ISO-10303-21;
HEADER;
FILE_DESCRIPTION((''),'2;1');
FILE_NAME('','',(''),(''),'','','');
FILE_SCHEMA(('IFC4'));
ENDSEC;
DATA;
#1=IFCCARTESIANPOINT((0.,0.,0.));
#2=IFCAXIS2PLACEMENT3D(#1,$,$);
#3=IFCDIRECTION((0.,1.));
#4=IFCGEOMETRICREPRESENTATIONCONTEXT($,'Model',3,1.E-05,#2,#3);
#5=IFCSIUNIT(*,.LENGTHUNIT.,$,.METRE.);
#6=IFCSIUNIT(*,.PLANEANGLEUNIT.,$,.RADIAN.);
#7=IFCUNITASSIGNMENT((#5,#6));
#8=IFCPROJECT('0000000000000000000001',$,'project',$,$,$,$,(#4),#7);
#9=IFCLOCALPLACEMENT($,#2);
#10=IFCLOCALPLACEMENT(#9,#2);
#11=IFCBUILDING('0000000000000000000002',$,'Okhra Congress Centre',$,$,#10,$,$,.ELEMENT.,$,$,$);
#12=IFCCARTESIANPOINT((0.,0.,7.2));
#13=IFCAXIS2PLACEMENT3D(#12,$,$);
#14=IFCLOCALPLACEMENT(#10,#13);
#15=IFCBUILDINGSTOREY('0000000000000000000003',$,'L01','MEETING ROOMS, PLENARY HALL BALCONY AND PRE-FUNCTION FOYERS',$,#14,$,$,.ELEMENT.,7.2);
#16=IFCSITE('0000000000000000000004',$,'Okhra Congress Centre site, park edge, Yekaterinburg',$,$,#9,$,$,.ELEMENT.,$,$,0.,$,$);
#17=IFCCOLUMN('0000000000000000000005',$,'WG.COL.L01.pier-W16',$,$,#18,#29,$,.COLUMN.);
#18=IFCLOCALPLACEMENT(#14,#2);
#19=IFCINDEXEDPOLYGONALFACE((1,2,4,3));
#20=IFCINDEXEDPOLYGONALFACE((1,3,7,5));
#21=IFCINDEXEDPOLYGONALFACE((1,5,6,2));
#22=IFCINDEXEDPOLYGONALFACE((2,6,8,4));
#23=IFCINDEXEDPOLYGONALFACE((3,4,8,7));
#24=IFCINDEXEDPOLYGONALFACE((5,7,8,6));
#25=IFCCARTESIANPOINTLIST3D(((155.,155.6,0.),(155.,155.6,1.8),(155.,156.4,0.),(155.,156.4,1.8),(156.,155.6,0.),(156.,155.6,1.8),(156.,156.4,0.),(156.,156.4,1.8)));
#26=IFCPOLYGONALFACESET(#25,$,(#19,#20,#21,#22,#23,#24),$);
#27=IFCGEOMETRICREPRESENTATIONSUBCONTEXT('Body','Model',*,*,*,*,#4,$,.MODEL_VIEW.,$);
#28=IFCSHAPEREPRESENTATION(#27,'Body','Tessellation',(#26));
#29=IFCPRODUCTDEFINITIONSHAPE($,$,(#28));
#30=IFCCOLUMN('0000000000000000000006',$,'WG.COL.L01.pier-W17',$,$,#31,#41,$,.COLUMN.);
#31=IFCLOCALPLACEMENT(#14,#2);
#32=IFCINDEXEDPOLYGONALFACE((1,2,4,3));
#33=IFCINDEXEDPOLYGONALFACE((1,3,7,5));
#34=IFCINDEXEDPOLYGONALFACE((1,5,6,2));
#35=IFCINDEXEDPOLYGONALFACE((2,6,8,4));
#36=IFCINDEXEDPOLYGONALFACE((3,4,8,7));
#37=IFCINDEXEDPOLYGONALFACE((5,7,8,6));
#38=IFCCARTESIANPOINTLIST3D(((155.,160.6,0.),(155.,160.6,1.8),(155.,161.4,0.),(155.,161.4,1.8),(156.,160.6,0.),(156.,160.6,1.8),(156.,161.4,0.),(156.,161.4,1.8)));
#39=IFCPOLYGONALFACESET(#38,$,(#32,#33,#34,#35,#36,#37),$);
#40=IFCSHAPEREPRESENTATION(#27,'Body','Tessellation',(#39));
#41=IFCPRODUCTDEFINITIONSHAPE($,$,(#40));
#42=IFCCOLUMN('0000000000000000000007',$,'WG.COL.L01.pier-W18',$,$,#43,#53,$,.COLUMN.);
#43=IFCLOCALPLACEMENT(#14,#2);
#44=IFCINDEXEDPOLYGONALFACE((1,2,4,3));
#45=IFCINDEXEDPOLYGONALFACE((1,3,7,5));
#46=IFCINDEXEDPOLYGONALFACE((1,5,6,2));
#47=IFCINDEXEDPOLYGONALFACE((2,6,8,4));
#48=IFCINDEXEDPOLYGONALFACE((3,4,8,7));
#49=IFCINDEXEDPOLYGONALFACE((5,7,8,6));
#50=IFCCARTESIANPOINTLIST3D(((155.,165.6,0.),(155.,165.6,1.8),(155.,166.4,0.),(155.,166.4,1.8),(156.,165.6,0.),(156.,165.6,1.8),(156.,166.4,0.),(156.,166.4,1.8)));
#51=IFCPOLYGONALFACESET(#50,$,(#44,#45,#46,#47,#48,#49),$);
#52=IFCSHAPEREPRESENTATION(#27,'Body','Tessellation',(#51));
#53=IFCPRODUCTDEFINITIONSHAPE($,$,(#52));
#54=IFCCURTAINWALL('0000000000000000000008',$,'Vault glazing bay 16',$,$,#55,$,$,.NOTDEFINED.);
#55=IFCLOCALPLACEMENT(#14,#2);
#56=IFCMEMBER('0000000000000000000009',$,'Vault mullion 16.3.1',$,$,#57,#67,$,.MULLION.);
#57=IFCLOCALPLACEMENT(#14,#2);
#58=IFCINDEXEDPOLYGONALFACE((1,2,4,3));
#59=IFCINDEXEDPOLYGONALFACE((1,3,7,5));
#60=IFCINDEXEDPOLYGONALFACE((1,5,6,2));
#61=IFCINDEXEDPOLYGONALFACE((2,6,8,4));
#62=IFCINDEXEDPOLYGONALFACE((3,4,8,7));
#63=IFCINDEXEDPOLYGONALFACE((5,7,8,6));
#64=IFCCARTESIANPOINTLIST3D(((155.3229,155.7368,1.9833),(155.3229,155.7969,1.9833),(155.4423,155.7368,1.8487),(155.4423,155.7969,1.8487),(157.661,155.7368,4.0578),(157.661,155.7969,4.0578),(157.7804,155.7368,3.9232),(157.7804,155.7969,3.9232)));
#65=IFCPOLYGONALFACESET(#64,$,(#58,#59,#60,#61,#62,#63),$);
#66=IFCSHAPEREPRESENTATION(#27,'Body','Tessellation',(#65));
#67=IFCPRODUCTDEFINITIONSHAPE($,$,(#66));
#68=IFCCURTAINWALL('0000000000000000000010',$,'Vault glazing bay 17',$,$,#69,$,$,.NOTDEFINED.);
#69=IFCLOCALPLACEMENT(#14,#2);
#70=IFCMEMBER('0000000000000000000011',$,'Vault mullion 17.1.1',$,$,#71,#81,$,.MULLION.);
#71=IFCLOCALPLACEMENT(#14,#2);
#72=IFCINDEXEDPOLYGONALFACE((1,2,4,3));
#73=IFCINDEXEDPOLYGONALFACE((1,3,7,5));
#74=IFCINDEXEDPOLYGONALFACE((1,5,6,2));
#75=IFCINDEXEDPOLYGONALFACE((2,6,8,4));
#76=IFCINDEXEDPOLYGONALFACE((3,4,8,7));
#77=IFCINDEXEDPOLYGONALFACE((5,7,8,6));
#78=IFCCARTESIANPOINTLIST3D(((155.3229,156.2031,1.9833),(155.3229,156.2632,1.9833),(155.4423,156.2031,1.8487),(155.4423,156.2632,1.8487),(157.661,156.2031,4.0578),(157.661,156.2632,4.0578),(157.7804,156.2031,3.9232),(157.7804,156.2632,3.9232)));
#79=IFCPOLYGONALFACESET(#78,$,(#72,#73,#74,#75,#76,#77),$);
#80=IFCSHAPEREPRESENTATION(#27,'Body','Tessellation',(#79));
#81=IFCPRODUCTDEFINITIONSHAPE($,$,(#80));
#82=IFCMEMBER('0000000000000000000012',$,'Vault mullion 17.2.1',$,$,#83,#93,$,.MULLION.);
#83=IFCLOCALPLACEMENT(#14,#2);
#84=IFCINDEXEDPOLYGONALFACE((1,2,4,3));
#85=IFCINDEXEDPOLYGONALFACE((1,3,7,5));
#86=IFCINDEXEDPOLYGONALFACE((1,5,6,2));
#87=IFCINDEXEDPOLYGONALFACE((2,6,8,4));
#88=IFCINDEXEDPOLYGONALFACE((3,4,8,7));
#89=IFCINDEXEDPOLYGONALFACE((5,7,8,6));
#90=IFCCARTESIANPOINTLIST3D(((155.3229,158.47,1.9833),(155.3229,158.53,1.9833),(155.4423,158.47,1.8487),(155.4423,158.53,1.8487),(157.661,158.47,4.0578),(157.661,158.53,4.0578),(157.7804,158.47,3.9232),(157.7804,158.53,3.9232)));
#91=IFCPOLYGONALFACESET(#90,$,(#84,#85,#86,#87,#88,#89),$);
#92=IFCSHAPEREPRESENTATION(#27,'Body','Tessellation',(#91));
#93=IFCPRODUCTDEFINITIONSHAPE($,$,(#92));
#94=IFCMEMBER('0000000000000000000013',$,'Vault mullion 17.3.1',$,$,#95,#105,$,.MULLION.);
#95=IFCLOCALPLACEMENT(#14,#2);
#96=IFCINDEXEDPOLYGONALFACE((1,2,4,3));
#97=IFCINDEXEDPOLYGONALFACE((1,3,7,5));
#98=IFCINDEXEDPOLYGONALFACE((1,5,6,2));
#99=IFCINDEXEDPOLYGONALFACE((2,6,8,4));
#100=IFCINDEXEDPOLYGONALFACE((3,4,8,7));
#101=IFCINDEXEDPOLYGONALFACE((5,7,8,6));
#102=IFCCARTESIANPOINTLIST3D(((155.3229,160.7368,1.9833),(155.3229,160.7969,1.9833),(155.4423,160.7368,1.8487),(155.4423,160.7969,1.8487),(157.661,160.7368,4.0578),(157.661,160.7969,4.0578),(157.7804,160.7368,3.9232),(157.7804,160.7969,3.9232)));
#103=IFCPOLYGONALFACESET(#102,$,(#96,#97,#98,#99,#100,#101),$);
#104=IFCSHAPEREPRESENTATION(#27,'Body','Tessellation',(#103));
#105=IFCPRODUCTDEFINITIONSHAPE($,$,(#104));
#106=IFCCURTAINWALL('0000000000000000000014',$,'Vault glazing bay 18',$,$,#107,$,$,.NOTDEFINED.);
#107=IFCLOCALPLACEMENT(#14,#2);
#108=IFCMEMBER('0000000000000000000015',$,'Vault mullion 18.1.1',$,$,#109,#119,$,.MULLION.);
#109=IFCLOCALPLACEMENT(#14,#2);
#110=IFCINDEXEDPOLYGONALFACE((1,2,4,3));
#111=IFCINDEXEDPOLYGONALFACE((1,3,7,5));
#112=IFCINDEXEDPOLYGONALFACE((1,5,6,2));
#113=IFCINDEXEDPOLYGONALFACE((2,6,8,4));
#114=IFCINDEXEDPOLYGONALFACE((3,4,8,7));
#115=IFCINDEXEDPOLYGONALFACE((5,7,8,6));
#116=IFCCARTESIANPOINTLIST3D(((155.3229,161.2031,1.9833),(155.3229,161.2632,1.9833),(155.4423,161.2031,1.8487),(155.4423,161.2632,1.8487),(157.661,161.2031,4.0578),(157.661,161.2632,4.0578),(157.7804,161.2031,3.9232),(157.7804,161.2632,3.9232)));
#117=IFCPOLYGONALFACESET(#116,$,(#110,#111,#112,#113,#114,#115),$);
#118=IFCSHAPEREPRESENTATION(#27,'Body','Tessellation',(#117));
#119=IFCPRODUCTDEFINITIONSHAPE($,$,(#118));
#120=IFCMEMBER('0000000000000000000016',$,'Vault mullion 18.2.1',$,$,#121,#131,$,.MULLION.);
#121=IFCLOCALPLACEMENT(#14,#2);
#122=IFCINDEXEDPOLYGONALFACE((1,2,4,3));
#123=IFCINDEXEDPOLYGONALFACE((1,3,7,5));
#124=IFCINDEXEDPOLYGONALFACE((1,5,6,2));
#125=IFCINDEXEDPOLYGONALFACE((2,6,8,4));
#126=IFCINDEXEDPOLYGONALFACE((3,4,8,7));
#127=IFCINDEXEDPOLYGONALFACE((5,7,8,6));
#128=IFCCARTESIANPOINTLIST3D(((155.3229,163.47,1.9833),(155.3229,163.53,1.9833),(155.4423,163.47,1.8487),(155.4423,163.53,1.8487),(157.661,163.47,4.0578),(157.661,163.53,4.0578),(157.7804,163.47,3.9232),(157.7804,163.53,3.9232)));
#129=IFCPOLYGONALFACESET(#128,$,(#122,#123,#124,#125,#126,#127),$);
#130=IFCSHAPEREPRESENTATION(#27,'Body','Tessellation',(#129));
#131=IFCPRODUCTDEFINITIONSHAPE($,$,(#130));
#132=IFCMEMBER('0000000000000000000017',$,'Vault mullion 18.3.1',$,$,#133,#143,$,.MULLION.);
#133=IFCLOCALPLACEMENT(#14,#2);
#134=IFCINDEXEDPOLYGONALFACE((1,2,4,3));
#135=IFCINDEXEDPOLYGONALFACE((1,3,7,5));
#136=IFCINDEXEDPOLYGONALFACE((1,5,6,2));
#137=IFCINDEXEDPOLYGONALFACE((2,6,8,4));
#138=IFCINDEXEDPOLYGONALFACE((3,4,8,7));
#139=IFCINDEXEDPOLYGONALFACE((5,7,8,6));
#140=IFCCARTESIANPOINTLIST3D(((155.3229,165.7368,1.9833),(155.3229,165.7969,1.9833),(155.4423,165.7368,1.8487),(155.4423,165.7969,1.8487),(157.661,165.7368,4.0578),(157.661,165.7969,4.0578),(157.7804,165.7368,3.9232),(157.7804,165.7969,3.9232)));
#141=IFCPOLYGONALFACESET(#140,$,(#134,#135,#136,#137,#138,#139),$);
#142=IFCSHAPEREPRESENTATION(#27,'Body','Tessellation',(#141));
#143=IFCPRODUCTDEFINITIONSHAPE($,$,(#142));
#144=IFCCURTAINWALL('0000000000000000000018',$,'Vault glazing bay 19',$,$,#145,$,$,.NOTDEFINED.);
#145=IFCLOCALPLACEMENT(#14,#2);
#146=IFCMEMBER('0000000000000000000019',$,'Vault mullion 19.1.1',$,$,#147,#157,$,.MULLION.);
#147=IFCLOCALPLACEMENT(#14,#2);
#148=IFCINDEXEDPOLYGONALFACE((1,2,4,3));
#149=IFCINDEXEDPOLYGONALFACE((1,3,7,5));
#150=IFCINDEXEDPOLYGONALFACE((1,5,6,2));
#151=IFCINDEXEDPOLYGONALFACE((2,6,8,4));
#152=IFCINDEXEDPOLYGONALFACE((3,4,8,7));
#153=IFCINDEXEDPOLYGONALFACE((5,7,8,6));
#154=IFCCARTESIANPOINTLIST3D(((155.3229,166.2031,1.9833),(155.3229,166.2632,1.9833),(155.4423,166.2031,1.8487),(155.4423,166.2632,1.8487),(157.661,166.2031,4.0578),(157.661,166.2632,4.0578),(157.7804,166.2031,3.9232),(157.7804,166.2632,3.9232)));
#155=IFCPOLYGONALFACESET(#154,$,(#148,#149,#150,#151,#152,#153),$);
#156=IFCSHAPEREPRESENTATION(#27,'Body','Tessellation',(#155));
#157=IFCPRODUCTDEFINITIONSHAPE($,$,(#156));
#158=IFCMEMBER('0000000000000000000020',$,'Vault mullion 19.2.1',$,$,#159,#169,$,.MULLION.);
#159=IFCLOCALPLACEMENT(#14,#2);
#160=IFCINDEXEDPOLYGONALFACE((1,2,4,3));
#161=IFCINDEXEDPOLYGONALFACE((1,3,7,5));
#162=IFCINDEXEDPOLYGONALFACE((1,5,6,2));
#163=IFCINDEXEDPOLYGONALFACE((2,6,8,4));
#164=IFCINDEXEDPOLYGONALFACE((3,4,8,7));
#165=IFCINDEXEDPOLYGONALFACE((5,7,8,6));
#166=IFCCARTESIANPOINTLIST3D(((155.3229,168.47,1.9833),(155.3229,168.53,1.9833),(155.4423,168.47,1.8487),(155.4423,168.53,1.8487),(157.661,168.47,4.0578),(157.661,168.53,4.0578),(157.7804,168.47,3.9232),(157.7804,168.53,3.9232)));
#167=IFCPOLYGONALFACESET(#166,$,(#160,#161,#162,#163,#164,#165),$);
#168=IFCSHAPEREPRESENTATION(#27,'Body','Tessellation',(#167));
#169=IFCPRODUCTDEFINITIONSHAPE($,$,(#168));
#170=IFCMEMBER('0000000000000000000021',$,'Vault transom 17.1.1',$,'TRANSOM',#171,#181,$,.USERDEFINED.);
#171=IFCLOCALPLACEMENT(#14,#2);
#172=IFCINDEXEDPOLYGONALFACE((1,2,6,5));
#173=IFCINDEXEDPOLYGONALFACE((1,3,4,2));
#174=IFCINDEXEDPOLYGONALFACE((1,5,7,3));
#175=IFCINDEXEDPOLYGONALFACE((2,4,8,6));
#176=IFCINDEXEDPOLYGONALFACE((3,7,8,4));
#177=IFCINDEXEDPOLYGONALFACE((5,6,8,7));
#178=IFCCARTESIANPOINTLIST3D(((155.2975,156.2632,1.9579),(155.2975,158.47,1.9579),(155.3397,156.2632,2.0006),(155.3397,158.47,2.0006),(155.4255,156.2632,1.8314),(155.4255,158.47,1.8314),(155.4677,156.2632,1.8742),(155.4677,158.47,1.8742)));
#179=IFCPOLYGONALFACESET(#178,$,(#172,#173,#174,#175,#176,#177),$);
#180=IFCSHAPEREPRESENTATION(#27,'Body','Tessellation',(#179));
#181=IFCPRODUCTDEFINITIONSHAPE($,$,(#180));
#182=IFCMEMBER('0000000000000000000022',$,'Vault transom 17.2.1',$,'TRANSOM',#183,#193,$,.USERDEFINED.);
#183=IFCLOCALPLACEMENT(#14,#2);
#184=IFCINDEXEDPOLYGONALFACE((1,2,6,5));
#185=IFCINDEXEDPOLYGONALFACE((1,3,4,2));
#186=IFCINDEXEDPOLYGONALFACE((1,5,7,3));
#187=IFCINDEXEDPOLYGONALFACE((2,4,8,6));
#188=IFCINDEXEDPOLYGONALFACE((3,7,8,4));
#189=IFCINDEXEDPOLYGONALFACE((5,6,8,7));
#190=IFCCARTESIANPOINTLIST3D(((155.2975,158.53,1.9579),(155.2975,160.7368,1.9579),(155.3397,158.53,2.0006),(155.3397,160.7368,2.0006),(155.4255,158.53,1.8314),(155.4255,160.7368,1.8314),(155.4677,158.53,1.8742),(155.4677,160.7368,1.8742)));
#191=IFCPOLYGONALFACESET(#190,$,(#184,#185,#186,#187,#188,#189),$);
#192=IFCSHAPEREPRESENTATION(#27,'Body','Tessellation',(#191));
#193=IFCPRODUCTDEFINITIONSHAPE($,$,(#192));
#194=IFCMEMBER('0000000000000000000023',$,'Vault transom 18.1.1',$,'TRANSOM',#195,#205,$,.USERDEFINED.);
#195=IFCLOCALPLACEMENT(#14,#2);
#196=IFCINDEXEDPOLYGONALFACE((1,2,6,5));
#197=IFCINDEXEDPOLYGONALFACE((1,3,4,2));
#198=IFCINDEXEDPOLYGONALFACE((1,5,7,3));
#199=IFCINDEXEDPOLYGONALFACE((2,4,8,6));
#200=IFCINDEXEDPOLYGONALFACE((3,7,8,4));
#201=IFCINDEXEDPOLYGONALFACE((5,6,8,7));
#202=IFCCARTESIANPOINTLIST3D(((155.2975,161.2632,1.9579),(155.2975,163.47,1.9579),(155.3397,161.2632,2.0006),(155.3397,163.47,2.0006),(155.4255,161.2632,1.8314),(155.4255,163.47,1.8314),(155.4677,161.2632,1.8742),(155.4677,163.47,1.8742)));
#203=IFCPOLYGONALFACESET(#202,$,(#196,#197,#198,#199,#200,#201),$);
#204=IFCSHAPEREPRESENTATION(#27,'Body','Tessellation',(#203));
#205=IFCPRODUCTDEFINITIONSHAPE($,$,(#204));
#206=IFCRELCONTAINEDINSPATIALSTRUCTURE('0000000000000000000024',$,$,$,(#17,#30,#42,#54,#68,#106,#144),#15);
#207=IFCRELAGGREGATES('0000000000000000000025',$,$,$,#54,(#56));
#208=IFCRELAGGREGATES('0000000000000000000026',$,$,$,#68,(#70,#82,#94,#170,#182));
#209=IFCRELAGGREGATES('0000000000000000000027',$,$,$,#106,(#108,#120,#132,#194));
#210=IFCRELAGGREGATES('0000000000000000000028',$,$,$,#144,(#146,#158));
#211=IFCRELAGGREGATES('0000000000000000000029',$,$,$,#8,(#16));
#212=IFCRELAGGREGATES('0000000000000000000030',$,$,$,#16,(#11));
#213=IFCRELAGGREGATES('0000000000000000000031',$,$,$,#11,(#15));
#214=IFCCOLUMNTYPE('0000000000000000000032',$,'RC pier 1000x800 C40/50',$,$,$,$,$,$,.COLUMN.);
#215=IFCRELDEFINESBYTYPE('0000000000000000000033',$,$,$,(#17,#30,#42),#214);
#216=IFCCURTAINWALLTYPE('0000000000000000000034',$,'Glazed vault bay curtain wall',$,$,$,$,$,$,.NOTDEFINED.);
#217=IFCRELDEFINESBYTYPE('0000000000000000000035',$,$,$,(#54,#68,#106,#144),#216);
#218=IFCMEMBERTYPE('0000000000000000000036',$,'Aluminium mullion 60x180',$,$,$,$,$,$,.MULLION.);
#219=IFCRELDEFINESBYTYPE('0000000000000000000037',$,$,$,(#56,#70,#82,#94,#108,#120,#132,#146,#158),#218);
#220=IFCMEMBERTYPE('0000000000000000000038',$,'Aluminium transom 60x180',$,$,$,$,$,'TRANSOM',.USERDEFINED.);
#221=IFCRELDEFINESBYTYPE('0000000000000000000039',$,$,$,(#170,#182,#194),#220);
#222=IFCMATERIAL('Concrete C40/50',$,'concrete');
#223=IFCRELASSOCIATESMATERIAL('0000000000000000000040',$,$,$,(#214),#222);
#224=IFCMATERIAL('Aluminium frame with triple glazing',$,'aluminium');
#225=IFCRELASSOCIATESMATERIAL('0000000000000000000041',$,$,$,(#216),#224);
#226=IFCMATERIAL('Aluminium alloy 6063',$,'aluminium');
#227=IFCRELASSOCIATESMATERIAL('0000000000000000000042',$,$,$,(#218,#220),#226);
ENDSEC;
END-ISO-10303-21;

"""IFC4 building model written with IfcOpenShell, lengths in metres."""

from ifc_helpers import new_model, si_unit, direction, frame, origin, origin_2d, place, context, subcontext, project, spatial, rectangle, extrude, material, material_profile, profile_set, type_object, element, aggregate, save


model = new_model("IFC4")

# Units and contexts
model_context = context("Model", 3, precision=1e-05, world=origin(), true_north=direction((0.0, 1.0)))
body_context = subcontext(model_context, "Body", "Model", "MODEL_VIEW")
ifc_project = project(units=[si_unit("LENGTHUNIT", "METRE"), si_unit("PLANEANGLEUNIT", "RADIAN")], contexts=[model_context])

# Site, building, storey
site_placement = place(None, origin())
site = spatial("IfcSite", under=ifc_project, at=site_placement, Name="Okhra Congress Centre site, park edge, Yekaterinburg", CompositionType="ELEMENT", RefElevation=0.0)
building_placement = place(site_placement, origin())
building = spatial("IfcBuilding", under=site, at=building_placement, Name="Okhra Congress Centre", CompositionType="ELEMENT")
storey_placement = place(building_placement, frame((0.0, 0.0, 7.2)))
storey = spatial("IfcBuildingStorey", under=building, at=storey_placement, Name="L01", Description="MEETING ROOMS, PLENARY HALL BALCONY AND PRE-FUNCTION FOYERS", CompositionType="ELEMENT", Elevation=7.2)

# Columns
ifc_material_1 = material(Name="Concrete C40/50", Category="concrete")
ifc_material_profile_1 = material_profile(ifc_material_1, rectangle(XDim=1.0, YDim=0.8, at=origin_2d()), Name="RC 1000x800")
ifc_profile_set_1 = profile_set([ifc_material_profile_1], Name="Concrete C40/50")
column_type = type_object("IfcColumnType", Name="RC pier 1000x800 C40/50", PredefinedType="COLUMN", material=ifc_profile_set_1)
for number, where, z_axis, x_axis, name in (
    (1, (155.5, 156.0, 0.0), (0.0, 0.0, 1.0), (1.0, 0.0, 0.0), "WG.COL.L01.pier-W16"),
    (2, (155.5, 161.0, 0.0), (0.0, 0.0, 1.0), (1.0, 0.0, 0.0), "WG.COL.L01.pier-W17"),
    (3, (155.5, 166.0, 0.0), (0.0, 0.0, 1.0), (1.0, 0.0, 0.0), "WG.COL.L01.pier-W18"),
):
    element("IfcColumn", number, at=place(storey_placement, frame(where, z_axis=z_axis, x_axis=x_axis)), inside=storey, type_object=column_type, Name=name, PredefinedType="COLUMN", context=body_context, shape_type="SweptSolid", body=[
        extrude(rectangle(XDim=1.0, YDim=0.8, at=origin_2d()), origin(), (0.0, 0.0, 1.0), 1.8),
    ])

# Curtain wall, member
ifc_material_2 = material(Name="Aluminium frame with triple glazing", Category="aluminium")
curtain_wall_type = type_object("IfcCurtainWallType", Name="Glazed vault bay curtain wall", PredefinedType="NOTDEFINED", material=ifc_material_2)
curtain_wall_1_placement = place(storey_placement, origin())
curtain_wall_1 = element("IfcCurtainWall", 4, at=curtain_wall_1_placement, inside=storey, type_object=curtain_wall_type, Name="Vault glazing bay 16", PredefinedType="NOTDEFINED")
ifc_material_3 = material(Name="Aluminium alloy 6063", Category="aluminium")
ifc_material_profile_2 = material_profile(ifc_material_3, rectangle(XDim=0.0601, YDim=0.1799, at=origin_2d()), Name="AL 60x180")
ifc_profile_set_2 = profile_set([ifc_material_profile_2], Name="Aluminium alloy 6063")
member_type_1 = type_object("IfcMemberType", Name="Aluminium mullion 60x180", PredefinedType="MULLION", material=ifc_profile_set_2)
member_1_placement = place(storey_placement, frame((155.3826, 155.7668, 1.916), z_axis=(0.748025, 0.0, 0.66367), x_axis=(0.0, 1.0, 0.0)))
member_1 = element("IfcMember", 5, at=member_1_placement, type_object=member_type_1, Name="Vault mullion 16.3.1", PredefinedType="MULLION", context=body_context, shape_type="SweptSolid", body=[
    extrude(rectangle(XDim=0.0601, YDim=0.1799, at=origin_2d()), origin(), (0.0, 0.0, 1.0), 3.1257),
])
aggregate(curtain_wall_1, [member_1])

# Curtain walls, members
curtain_wall_2_placement = place(storey_placement, origin())
curtain_wall_2 = element("IfcCurtainWall", 6, at=curtain_wall_2_placement, inside=storey, type_object=curtain_wall_type, Name="Vault glazing bay 17", PredefinedType="NOTDEFINED")
member_2_placement = place(storey_placement, frame((155.3826, 156.2332, 1.916), z_axis=(0.748025, 0.0, 0.66367), x_axis=(0.0, 1.0, 0.0)))
member_2 = element("IfcMember", 7, at=member_2_placement, type_object=member_type_1, Name="Vault mullion 17.1.1", PredefinedType="MULLION", context=body_context, shape_type="SweptSolid", body=[
    extrude(rectangle(XDim=0.0601, YDim=0.1799, at=origin_2d()), origin(), (0.0, 0.0, 1.0), 3.1257),
])
member_3_placement = place(storey_placement, frame((155.3826, 158.5, 1.916), z_axis=(0.748025, 0.0, 0.66367), x_axis=(0.0, 1.0, 0.0)))
member_3 = element("IfcMember", 8, at=member_3_placement, type_object=member_type_1, Name="Vault mullion 17.2.1", PredefinedType="MULLION", context=body_context, shape_type="SweptSolid", body=[
    extrude(rectangle(XDim=0.0601, YDim=0.1799, at=origin_2d()), origin(), (0.0, 0.0, 1.0), 3.1257),
])
member_4_placement = place(storey_placement, frame((155.3826, 160.7668, 1.916), z_axis=(0.748025, 0.0, 0.66367), x_axis=(0.0, 1.0, 0.0)))
member_4 = element("IfcMember", 9, at=member_4_placement, type_object=member_type_1, Name="Vault mullion 17.3.1", PredefinedType="MULLION", context=body_context, shape_type="SweptSolid", body=[
    extrude(rectangle(XDim=0.0601, YDim=0.1799, at=origin_2d()), origin(), (0.0, 0.0, 1.0), 3.1257),
])
curtain_wall_3_placement = place(storey_placement, origin())
curtain_wall_3 = element("IfcCurtainWall", 10, at=curtain_wall_3_placement, inside=storey, type_object=curtain_wall_type, Name="Vault glazing bay 18", PredefinedType="NOTDEFINED")
member_5_placement = place(storey_placement, frame((155.3826, 161.2332, 1.916), z_axis=(0.748025, 0.0, 0.66367), x_axis=(0.0, 1.0, 0.0)))
member_5 = element("IfcMember", 11, at=member_5_placement, type_object=member_type_1, Name="Vault mullion 18.1.1", PredefinedType="MULLION", context=body_context, shape_type="SweptSolid", body=[
    extrude(rectangle(XDim=0.0601, YDim=0.1799, at=origin_2d()), origin(), (0.0, 0.0, 1.0), 3.1257),
])
member_6_placement = place(storey_placement, frame((155.3826, 163.5, 1.916), z_axis=(0.748025, 0.0, 0.66367), x_axis=(0.0, 1.0, 0.0)))
member_6 = element("IfcMember", 12, at=member_6_placement, type_object=member_type_1, Name="Vault mullion 18.2.1", PredefinedType="MULLION", context=body_context, shape_type="SweptSolid", body=[
    extrude(rectangle(XDim=0.0601, YDim=0.1799, at=origin_2d()), origin(), (0.0, 0.0, 1.0), 3.1257),
])
member_7_placement = place(storey_placement, frame((155.3826, 165.7668, 1.916), z_axis=(0.748025, 0.0, 0.66367), x_axis=(0.0, 1.0, 0.0)))
member_7 = element("IfcMember", 13, at=member_7_placement, type_object=member_type_1, Name="Vault mullion 18.3.1", PredefinedType="MULLION", context=body_context, shape_type="SweptSolid", body=[
    extrude(rectangle(XDim=0.0601, YDim=0.1799, at=origin_2d()), origin(), (0.0, 0.0, 1.0), 3.1257),
])
curtain_wall_4_placement = place(storey_placement, origin())
curtain_wall_4 = element("IfcCurtainWall", 14, at=curtain_wall_4_placement, inside=storey, type_object=curtain_wall_type, Name="Vault glazing bay 19", PredefinedType="NOTDEFINED")
member_8_placement = place(storey_placement, frame((155.3826, 166.2332, 1.916), z_axis=(0.748025, 0.0, 0.66367), x_axis=(0.0, 1.0, 0.0)))
member_8 = element("IfcMember", 15, at=member_8_placement, type_object=member_type_1, Name="Vault mullion 19.1.1", PredefinedType="MULLION", context=body_context, shape_type="SweptSolid", body=[
    extrude(rectangle(XDim=0.0601, YDim=0.1799, at=origin_2d()), origin(), (0.0, 0.0, 1.0), 3.1257),
])
member_9_placement = place(storey_placement, frame((155.3826, 168.5, 1.916), z_axis=(0.748025, 0.0, 0.66367), x_axis=(0.0, 1.0, 0.0)))
member_9 = element("IfcMember", 16, at=member_9_placement, type_object=member_type_1, Name="Vault mullion 19.2.1", PredefinedType="MULLION", context=body_context, shape_type="SweptSolid", body=[
    extrude(rectangle(XDim=0.0601, YDim=0.1799, at=origin_2d()), origin(), (0.0, 0.0, 1.0), 3.1257),
])

# Members
ifc_material_profile_3 = material_profile(ifc_material_3, rectangle(XDim=0.0601, YDim=0.1799, at=origin_2d()), Name="AL 60x180 transom")
ifc_profile_set_3 = profile_set([ifc_material_profile_3], Name="Aluminium alloy 6063")
member_type_2 = type_object("IfcMemberType", Name="Aluminium transom 60x180", ElementType="TRANSOM", PredefinedType="USERDEFINED", material=ifc_profile_set_3)
member_10_placement = place(storey_placement, frame((155.3826, 156.2632, 1.916), z_axis=(0.0, 1.0, 0.0), x_axis=(-0.702636, 0.0, -0.711549)))
member_10 = element("IfcMember", 17, at=member_10_placement, type_object=member_type_2, Name="Vault transom 17.1.1", ObjectType="TRANSOM", PredefinedType="USERDEFINED", context=body_context, shape_type="SweptSolid", body=[
    extrude(rectangle(XDim=0.0601, YDim=0.1799, at=origin_2d()), origin(), (0.0, 0.0, 1.0), 2.2068),
])
member_11_placement = place(storey_placement, frame((155.3826, 158.53, 1.916), z_axis=(0.0, 1.0, 0.0), x_axis=(-0.702636, 0.0, -0.711549)))
member_11 = element("IfcMember", 18, at=member_11_placement, type_object=member_type_2, Name="Vault transom 17.2.1", ObjectType="TRANSOM", PredefinedType="USERDEFINED", context=body_context, shape_type="SweptSolid", body=[
    extrude(rectangle(XDim=0.0601, YDim=0.1799, at=origin_2d()), origin(), (0.0, 0.0, 1.0), 2.2068),
])
member_12_placement = place(storey_placement, frame((155.3826, 161.2632, 1.916), z_axis=(0.0, 1.0, 0.0), x_axis=(-0.702636, 0.0, -0.711549)))
member_12 = element("IfcMember", 19, at=member_12_placement, type_object=member_type_2, Name="Vault transom 18.1.1", ObjectType="TRANSOM", PredefinedType="USERDEFINED", context=body_context, shape_type="SweptSolid", body=[
    extrude(rectangle(XDim=0.0601, YDim=0.1799, at=origin_2d()), origin(), (0.0, 0.0, 1.0), 2.2068),
])

aggregate(curtain_wall_2, [member_2, member_3, member_4, member_10, member_11])
aggregate(curtain_wall_3, [member_5, member_6, member_7, member_12])
aggregate(curtain_wall_4, [member_8, member_9])

save(model, "model.ifc")
